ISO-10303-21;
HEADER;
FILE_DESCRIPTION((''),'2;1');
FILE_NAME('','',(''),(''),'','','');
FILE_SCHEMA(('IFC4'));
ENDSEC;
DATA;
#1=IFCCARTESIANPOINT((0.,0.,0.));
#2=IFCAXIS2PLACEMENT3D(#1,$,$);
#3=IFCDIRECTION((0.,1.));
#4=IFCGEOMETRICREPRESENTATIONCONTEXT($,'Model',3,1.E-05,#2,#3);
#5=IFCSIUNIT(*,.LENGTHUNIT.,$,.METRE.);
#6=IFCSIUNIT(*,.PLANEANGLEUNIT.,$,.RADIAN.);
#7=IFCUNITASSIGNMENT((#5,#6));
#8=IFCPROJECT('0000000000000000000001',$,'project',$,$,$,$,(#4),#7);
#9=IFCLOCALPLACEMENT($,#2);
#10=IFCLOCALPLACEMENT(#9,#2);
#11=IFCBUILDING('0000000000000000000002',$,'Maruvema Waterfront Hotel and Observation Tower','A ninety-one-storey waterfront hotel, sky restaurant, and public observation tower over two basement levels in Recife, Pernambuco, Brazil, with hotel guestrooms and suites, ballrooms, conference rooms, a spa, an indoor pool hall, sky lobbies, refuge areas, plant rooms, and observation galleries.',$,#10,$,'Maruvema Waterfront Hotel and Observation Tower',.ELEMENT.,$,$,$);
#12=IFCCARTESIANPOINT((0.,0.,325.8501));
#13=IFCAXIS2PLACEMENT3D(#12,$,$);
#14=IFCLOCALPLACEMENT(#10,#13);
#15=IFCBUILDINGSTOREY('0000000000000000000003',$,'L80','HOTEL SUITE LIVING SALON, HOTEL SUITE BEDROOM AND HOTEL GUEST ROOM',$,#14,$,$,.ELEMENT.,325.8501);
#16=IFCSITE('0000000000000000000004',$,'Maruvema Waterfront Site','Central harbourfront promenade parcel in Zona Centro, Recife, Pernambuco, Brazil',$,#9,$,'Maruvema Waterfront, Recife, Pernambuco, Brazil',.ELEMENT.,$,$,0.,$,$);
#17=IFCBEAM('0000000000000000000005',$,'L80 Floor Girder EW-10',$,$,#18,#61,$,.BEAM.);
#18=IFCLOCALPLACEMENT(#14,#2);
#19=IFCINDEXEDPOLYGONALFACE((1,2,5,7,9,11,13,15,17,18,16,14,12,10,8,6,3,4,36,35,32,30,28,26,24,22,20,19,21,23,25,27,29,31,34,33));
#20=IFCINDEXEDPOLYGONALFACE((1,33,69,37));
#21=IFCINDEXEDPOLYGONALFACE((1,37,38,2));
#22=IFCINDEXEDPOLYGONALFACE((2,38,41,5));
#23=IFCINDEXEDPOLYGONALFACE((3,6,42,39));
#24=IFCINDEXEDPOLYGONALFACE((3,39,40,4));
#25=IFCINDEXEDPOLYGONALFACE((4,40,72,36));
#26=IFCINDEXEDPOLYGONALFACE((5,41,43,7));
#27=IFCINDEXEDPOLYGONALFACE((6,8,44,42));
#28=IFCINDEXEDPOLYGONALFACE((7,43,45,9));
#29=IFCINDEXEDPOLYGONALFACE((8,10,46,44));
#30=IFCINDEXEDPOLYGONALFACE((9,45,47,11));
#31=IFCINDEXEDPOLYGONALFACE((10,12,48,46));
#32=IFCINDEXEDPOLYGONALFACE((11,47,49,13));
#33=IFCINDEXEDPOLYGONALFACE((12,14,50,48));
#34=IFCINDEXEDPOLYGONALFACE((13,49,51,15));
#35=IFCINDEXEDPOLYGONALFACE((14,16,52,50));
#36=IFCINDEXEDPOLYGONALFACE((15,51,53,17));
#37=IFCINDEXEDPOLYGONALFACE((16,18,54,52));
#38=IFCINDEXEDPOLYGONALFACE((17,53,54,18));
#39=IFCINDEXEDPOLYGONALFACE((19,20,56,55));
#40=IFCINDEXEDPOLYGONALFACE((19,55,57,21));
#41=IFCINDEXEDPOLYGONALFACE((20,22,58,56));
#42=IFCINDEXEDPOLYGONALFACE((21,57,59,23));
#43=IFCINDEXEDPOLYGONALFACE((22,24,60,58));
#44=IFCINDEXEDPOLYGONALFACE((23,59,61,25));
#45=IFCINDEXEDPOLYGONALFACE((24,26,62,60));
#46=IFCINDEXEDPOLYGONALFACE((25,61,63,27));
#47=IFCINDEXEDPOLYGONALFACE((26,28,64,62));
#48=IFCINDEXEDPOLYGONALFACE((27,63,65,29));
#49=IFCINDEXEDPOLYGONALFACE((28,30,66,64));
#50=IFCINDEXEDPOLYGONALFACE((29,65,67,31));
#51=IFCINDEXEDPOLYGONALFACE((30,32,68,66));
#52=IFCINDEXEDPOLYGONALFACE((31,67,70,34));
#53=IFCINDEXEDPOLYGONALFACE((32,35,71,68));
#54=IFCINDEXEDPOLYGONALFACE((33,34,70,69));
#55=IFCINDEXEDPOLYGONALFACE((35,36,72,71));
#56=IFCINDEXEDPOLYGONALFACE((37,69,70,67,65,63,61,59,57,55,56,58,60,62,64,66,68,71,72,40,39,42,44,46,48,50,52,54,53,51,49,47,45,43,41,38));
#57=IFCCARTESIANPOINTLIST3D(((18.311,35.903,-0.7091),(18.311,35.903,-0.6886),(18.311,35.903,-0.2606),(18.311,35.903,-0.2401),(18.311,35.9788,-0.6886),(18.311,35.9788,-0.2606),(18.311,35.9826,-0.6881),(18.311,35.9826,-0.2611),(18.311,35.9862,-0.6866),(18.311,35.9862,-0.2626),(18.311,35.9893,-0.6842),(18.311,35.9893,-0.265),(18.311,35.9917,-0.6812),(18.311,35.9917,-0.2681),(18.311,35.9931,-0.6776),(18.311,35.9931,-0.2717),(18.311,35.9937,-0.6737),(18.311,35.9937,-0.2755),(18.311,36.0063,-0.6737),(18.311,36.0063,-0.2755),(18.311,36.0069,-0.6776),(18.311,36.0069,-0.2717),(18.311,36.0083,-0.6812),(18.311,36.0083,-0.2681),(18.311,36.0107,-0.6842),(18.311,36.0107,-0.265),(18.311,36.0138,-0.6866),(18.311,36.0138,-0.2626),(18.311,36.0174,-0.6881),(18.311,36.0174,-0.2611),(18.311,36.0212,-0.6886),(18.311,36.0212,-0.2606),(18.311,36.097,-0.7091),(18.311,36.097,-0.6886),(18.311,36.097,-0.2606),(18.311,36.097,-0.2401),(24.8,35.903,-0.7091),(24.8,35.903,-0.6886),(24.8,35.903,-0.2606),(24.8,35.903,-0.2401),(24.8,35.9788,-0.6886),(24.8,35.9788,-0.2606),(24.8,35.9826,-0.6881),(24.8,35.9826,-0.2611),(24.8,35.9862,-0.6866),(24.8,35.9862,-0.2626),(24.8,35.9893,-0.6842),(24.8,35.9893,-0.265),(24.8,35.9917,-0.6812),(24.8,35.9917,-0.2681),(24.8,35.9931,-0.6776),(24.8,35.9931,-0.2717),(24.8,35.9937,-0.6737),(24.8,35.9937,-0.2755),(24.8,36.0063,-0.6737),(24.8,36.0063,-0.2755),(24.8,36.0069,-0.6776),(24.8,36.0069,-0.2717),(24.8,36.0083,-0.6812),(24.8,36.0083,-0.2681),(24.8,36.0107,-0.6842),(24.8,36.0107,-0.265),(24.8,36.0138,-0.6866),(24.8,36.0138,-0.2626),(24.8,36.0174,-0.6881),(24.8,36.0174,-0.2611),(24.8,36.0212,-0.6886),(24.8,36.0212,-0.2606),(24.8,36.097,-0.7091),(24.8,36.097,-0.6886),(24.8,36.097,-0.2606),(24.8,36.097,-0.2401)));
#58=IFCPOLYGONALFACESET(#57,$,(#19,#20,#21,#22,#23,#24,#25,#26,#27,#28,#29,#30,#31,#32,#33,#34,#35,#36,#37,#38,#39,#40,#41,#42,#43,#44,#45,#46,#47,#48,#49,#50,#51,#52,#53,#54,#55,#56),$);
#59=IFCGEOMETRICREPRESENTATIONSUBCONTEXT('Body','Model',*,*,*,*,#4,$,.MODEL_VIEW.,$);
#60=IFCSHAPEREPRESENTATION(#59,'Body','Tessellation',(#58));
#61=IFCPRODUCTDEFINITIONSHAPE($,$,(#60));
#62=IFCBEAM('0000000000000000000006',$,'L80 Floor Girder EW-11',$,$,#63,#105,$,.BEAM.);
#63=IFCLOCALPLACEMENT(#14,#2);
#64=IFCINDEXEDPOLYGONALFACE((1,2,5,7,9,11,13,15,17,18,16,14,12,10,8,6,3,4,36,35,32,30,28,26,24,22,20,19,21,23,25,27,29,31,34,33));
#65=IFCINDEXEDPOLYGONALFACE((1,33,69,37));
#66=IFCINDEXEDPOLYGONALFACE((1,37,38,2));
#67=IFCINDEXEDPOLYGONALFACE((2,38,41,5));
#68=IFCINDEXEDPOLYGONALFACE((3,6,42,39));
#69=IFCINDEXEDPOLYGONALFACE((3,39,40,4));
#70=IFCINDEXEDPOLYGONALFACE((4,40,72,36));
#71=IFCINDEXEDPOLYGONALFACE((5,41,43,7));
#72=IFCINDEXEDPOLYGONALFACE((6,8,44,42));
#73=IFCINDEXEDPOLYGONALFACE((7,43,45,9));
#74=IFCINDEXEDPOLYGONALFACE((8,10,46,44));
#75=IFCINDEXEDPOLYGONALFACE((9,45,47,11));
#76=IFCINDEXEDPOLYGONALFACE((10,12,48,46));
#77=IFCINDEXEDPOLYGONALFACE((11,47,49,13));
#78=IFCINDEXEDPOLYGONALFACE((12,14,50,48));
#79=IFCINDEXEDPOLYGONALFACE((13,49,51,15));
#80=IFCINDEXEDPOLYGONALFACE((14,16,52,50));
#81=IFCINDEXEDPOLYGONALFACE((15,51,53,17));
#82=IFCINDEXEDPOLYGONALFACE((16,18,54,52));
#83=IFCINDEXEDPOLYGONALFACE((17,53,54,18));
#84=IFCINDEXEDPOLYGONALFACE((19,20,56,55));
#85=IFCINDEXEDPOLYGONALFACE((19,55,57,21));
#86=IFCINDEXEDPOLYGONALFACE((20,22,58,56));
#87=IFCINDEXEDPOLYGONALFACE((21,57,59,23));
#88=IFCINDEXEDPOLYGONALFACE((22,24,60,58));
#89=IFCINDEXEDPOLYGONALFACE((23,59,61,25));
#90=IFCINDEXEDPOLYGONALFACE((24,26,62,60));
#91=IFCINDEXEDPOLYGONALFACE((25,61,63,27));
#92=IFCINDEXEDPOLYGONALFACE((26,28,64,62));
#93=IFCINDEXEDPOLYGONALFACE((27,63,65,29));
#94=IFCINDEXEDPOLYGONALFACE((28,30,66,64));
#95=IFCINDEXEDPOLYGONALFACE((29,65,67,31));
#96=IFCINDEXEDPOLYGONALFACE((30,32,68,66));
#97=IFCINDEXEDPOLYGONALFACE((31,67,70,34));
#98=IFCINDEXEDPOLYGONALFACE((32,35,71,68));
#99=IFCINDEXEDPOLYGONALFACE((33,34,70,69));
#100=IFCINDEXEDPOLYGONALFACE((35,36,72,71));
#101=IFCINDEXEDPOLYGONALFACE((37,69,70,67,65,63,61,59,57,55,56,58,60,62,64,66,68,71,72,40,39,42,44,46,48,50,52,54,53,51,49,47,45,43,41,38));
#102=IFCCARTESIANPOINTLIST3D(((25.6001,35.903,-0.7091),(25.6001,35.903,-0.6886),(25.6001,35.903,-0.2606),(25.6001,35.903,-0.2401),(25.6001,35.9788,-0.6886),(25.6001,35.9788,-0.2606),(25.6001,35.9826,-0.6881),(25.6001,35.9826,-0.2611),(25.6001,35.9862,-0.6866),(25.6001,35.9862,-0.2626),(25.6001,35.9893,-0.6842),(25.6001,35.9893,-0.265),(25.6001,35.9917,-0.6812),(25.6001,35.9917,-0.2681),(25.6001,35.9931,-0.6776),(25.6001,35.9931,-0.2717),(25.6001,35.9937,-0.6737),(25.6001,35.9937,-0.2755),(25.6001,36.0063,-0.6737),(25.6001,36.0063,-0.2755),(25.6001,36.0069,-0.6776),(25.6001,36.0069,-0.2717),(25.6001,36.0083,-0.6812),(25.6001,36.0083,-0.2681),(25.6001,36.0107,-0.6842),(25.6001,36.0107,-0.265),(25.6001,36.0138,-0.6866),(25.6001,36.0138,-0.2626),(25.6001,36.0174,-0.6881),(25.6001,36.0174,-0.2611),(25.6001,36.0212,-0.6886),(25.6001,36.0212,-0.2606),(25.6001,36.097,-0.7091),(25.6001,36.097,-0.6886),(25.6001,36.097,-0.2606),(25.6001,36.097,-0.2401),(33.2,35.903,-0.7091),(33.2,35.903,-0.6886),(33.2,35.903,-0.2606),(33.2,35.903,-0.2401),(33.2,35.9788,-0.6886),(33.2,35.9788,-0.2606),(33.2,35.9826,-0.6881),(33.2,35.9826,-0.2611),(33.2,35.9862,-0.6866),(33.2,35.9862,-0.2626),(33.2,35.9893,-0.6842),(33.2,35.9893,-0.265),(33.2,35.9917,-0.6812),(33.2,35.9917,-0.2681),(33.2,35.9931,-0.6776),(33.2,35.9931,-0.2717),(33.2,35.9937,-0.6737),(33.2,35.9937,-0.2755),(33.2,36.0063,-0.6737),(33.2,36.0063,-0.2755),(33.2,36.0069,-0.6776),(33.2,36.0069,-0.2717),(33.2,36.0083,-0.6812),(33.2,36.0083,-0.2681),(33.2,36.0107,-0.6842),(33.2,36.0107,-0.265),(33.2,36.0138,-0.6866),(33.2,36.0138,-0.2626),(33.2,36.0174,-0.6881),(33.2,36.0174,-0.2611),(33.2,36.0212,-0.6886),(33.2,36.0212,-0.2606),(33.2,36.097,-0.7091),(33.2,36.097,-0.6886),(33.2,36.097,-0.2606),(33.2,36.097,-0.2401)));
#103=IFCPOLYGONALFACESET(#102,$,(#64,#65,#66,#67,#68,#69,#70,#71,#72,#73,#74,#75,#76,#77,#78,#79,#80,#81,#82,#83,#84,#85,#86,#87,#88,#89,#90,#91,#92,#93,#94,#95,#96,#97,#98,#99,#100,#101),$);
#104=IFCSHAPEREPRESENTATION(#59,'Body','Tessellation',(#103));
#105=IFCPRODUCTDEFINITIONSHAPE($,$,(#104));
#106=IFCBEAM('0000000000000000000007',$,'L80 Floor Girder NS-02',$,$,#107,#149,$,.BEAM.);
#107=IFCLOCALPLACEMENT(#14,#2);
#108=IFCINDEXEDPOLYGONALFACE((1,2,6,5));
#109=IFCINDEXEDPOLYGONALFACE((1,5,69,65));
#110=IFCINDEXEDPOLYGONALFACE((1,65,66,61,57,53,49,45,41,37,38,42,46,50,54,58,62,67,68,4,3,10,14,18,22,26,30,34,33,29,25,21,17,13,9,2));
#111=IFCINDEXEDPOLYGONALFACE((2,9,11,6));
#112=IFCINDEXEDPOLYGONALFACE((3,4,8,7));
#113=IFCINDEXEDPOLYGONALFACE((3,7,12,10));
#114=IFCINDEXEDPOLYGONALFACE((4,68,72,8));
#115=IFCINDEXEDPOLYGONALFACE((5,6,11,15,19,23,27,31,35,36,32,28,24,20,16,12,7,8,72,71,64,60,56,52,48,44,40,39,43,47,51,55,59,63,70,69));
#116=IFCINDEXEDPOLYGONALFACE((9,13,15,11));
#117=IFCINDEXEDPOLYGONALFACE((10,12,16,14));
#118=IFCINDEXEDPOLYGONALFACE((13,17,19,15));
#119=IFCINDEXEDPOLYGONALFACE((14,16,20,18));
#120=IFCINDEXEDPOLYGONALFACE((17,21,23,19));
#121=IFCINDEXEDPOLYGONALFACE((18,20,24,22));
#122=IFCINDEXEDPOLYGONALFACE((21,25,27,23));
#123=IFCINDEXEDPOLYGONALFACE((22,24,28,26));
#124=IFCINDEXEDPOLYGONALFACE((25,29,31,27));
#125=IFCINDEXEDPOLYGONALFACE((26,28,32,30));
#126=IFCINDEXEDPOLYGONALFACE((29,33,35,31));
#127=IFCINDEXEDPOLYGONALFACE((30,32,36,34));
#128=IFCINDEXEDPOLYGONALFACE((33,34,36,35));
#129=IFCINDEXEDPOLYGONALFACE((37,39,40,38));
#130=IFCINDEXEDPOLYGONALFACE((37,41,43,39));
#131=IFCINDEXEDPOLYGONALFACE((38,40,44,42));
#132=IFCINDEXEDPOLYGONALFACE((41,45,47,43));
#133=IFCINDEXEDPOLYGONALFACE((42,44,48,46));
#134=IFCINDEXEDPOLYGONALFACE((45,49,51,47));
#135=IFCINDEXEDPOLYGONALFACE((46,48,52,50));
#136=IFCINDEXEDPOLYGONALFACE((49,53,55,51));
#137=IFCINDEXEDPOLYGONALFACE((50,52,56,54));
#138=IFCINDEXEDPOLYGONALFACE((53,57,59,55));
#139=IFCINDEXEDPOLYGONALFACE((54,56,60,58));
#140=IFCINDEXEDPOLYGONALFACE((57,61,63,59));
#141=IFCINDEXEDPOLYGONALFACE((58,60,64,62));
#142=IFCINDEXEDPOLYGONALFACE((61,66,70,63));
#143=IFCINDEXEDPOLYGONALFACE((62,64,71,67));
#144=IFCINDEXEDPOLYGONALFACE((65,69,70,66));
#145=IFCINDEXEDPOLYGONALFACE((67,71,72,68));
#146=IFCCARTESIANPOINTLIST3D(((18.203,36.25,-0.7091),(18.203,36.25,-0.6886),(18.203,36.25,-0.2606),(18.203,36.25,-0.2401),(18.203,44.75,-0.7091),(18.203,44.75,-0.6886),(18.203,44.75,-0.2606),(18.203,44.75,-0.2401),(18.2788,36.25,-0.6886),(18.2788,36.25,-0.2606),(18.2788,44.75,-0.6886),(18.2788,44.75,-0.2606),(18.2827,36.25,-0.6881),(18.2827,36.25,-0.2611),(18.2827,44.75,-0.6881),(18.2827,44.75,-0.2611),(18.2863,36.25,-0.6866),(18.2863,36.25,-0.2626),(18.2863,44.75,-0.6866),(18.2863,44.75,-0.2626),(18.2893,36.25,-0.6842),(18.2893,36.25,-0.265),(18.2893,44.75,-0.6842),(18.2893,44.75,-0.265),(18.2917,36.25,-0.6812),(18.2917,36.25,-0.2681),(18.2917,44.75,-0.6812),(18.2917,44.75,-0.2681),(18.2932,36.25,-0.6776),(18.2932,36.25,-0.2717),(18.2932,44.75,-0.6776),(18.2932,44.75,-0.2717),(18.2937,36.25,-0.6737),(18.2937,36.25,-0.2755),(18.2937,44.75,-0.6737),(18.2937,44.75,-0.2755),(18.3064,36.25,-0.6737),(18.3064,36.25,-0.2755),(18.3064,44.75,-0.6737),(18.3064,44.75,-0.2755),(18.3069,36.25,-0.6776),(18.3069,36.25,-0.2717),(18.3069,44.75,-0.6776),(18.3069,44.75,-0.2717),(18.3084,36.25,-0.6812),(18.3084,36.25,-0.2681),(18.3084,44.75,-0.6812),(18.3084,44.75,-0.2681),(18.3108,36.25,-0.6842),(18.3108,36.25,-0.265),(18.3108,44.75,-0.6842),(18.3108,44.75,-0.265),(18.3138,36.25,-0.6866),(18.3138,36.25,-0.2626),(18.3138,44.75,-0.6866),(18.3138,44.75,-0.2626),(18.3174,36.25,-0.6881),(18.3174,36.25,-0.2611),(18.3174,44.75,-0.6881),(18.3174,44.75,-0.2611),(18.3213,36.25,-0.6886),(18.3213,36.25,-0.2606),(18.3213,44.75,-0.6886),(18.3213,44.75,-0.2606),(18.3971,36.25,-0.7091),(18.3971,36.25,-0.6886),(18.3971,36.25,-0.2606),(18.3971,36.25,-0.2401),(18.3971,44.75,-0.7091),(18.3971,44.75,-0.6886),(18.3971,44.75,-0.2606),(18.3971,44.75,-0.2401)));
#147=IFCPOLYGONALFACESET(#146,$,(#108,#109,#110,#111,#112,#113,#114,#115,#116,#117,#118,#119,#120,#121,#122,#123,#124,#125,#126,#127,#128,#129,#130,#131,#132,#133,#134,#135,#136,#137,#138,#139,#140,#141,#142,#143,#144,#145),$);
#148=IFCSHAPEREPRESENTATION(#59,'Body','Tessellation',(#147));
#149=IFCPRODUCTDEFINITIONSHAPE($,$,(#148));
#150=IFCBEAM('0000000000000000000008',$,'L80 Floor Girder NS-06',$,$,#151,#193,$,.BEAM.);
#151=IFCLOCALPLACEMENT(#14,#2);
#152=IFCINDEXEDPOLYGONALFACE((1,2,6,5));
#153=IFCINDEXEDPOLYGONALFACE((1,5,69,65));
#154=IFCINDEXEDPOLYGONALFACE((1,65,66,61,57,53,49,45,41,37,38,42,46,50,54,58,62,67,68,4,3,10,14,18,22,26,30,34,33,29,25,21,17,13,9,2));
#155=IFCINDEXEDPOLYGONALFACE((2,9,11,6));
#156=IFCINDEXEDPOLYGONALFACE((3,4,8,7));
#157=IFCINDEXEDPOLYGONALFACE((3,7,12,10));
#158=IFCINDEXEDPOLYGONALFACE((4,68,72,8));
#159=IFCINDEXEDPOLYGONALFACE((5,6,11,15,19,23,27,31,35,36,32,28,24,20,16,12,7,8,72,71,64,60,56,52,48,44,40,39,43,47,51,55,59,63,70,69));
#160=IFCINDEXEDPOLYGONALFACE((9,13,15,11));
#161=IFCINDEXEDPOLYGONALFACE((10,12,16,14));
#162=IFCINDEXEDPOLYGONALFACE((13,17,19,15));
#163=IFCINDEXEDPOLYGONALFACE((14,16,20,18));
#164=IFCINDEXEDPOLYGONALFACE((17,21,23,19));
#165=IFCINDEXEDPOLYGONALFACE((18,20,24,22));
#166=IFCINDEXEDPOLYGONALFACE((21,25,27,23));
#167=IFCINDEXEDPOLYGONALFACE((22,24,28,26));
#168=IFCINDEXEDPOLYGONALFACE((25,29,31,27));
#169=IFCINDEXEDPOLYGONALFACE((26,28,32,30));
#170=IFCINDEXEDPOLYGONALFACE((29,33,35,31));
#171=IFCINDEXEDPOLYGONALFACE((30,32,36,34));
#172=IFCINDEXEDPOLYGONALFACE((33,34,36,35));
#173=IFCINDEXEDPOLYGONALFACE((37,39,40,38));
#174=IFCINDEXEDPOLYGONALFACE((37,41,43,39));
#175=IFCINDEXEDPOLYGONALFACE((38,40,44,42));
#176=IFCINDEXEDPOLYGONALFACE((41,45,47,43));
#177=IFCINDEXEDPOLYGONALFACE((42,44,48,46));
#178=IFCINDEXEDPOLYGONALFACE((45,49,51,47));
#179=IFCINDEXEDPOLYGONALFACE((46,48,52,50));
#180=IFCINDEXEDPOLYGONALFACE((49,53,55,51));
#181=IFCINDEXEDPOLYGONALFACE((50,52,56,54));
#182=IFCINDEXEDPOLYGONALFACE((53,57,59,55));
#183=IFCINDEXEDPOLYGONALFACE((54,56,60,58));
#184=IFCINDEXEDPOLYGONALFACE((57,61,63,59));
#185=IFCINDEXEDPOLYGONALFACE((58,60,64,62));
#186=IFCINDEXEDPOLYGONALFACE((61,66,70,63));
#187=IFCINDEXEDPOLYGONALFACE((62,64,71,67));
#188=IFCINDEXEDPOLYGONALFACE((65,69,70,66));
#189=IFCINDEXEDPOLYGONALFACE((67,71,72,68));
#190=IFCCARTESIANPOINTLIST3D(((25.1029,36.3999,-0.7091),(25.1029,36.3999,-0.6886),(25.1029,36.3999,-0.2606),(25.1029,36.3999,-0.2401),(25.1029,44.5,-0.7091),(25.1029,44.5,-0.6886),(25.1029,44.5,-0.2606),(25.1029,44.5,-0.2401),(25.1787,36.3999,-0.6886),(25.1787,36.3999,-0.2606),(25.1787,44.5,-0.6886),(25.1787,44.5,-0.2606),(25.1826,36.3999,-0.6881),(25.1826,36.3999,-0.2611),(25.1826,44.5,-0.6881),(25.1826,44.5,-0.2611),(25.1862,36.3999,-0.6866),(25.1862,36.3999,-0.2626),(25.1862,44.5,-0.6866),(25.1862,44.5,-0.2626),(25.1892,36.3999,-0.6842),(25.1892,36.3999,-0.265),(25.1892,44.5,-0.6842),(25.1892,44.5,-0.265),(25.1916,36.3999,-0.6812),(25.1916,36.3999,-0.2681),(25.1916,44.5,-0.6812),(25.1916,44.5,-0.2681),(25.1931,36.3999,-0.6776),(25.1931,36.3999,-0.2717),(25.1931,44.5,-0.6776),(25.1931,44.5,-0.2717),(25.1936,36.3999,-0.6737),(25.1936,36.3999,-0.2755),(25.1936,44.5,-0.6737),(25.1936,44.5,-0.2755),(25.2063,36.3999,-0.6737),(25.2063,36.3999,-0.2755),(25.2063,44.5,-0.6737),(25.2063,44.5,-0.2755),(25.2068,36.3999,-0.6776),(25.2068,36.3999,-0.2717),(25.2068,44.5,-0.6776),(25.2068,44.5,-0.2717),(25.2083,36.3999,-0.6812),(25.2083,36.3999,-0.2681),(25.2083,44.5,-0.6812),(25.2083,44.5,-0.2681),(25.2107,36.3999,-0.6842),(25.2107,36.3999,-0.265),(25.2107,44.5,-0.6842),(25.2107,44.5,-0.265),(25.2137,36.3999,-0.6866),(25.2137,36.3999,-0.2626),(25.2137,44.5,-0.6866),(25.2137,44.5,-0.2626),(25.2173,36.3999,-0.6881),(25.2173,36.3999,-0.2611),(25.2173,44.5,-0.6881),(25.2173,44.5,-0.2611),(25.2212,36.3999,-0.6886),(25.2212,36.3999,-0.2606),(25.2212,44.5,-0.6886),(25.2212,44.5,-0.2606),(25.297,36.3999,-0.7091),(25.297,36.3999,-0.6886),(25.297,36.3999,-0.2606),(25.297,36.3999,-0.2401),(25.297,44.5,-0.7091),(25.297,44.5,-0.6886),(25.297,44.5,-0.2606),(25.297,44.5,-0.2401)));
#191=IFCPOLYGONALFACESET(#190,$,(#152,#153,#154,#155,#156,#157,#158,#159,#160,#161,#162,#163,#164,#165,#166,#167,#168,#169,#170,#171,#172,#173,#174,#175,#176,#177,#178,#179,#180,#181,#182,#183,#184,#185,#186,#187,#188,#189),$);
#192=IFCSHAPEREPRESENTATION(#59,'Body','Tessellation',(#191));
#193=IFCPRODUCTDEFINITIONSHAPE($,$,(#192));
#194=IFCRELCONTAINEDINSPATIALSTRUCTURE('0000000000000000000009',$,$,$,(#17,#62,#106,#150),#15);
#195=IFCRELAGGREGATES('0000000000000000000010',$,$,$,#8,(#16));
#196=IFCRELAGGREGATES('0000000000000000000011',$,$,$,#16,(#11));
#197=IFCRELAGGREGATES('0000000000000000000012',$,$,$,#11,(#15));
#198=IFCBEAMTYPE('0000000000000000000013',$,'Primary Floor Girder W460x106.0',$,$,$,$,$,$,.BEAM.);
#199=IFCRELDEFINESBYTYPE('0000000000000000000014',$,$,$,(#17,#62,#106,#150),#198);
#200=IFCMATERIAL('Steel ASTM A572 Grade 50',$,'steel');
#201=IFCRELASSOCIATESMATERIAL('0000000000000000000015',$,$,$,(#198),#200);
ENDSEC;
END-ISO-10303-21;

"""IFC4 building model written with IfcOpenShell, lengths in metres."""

from ifc_helpers import new_model, si_unit, direction, frame, origin, origin_2d, place, context, subcontext, project, spatial, i_section, extrude, material, material_profile, profile_set, type_object, element, save


model = new_model("IFC4")

# Units and contexts
model_context = context("Model", 3, precision=1e-05, world=origin(), true_north=direction((0.0, 1.0)))
body_context = subcontext(model_context, "Body", "Model", "MODEL_VIEW")
ifc_project = project(units=[si_unit("LENGTHUNIT", "METRE"), si_unit("PLANEANGLEUNIT", "RADIAN")], contexts=[model_context])

# Site, building, storey
site_placement = place(None, origin())
site = spatial("IfcSite", under=ifc_project, at=site_placement, Name="Maruvema Waterfront Site", Description="Central harbourfront promenade parcel in Zona Centro, Recife, Pernambuco, Brazil", LongName="Maruvema Waterfront, Recife, Pernambuco, Brazil", CompositionType="ELEMENT", RefElevation=0.0)
building_placement = place(site_placement, origin())
building = spatial("IfcBuilding", under=site, at=building_placement, Name="Maruvema Waterfront Hotel and Observation Tower", Description="A ninety-one-storey waterfront hotel, sky restaurant, and public observation tower over two basement levels in Recife, Pernambuco, Brazil, with hotel guestrooms and suites, ballrooms, conference rooms, a spa, an indoor pool hall, sky lobbies, refuge areas, plant rooms, and observation galleries.", LongName="Maruvema Waterfront Hotel and Observation Tower", CompositionType="ELEMENT")
storey_placement = place(building_placement, frame((0.0, 0.0, 325.8501)))
storey = spatial("IfcBuildingStorey", under=building, at=storey_placement, Name="L80", Description="HOTEL SUITE LIVING SALON, HOTEL SUITE BEDROOM AND HOTEL GUEST ROOM", CompositionType="ELEMENT", Elevation=325.8501)

# Beams
ifc_material_1 = material(Name="Steel ASTM A572 Grade 50", Category="steel")
ifc_material_profile_1 = material_profile(ifc_material_1, i_section(OverallWidth=0.1941, OverallDepth=0.469, WebThickness=0.0127, FlangeThickness=0.0205, FilletRadius=0.0149, at=origin_2d()), Name="W460x106.0")
ifc_profile_set_1 = profile_set([ifc_material_profile_1], Name="Steel ASTM A572 Grade 50")
beam_type_1 = type_object("IfcBeamType", Name="Primary Floor Girder W460x106.0", PredefinedType="BEAM", material=ifc_profile_set_1)
beam_1_placement = place(storey_placement, frame((18.311, 36.0, -0.4746), z_axis=(1.0, 0.0, 0.0), x_axis=(0.0, 1.0, 0.0)))
element("IfcBeam", 1, at=beam_1_placement, inside=storey, type_object=beam_type_1, Name="L80 Floor Girder EW-10", PredefinedType="BEAM", context=body_context, shape_type="SweptSolid", body=[
    extrude(i_section(OverallWidth=0.1941, OverallDepth=0.469, WebThickness=0.0127, FlangeThickness=0.0205, FilletRadius=0.0149, at=origin_2d()), origin(), (0.0, 0.0, 1.0), 6.489),
])
beam_2_placement = place(storey_placement, frame((25.6001, 36.0, -0.4746), z_axis=(1.0, 0.0, 0.0), x_axis=(0.0, 1.0, 0.0)))
element("IfcBeam", 2, at=beam_2_placement, inside=storey, type_object=beam_type_1, Name="L80 Floor Girder EW-11", PredefinedType="BEAM", context=body_context, shape_type="SweptSolid", body=[
    extrude(i_section(OverallWidth=0.1941, OverallDepth=0.469, WebThickness=0.0127, FlangeThickness=0.0205, FilletRadius=0.0149, at=origin_2d()), origin(), (0.0, 0.0, 1.0), 7.5999),
])
beam_3_placement = place(storey_placement, frame((18.3, 36.25, -0.4746), z_axis=(0.0, 1.0, 0.0), x_axis=(-1.0, 0.0, 0.0)))
element("IfcBeam", 3, at=beam_3_placement, inside=storey, type_object=beam_type_1, Name="L80 Floor Girder NS-02", PredefinedType="BEAM", context=body_context, shape_type="SweptSolid", body=[
    extrude(i_section(OverallWidth=0.1941, OverallDepth=0.469, WebThickness=0.0127, FlangeThickness=0.0205, FilletRadius=0.0149, at=origin_2d()), origin(), (0.0, 0.0, 1.0), 8.5),
])
beam_4_placement = place(storey_placement, frame((25.2, 36.3999, -0.4746), z_axis=(0.0, 1.0, 0.0), x_axis=(-1.0, 0.0, 0.0)))
element("IfcBeam", 4, at=beam_4_placement, inside=storey, type_object=beam_type_1, Name="L80 Floor Girder NS-06", PredefinedType="BEAM", context=body_context, shape_type="SweptSolid", body=[
    extrude(i_section(OverallWidth=0.1941, OverallDepth=0.469, WebThickness=0.0127, FlangeThickness=0.0205, FilletRadius=0.0149, at=origin_2d()), origin(), (0.0, 0.0, 1.0), 8.1001),
])

save(model, "model.ifc")
